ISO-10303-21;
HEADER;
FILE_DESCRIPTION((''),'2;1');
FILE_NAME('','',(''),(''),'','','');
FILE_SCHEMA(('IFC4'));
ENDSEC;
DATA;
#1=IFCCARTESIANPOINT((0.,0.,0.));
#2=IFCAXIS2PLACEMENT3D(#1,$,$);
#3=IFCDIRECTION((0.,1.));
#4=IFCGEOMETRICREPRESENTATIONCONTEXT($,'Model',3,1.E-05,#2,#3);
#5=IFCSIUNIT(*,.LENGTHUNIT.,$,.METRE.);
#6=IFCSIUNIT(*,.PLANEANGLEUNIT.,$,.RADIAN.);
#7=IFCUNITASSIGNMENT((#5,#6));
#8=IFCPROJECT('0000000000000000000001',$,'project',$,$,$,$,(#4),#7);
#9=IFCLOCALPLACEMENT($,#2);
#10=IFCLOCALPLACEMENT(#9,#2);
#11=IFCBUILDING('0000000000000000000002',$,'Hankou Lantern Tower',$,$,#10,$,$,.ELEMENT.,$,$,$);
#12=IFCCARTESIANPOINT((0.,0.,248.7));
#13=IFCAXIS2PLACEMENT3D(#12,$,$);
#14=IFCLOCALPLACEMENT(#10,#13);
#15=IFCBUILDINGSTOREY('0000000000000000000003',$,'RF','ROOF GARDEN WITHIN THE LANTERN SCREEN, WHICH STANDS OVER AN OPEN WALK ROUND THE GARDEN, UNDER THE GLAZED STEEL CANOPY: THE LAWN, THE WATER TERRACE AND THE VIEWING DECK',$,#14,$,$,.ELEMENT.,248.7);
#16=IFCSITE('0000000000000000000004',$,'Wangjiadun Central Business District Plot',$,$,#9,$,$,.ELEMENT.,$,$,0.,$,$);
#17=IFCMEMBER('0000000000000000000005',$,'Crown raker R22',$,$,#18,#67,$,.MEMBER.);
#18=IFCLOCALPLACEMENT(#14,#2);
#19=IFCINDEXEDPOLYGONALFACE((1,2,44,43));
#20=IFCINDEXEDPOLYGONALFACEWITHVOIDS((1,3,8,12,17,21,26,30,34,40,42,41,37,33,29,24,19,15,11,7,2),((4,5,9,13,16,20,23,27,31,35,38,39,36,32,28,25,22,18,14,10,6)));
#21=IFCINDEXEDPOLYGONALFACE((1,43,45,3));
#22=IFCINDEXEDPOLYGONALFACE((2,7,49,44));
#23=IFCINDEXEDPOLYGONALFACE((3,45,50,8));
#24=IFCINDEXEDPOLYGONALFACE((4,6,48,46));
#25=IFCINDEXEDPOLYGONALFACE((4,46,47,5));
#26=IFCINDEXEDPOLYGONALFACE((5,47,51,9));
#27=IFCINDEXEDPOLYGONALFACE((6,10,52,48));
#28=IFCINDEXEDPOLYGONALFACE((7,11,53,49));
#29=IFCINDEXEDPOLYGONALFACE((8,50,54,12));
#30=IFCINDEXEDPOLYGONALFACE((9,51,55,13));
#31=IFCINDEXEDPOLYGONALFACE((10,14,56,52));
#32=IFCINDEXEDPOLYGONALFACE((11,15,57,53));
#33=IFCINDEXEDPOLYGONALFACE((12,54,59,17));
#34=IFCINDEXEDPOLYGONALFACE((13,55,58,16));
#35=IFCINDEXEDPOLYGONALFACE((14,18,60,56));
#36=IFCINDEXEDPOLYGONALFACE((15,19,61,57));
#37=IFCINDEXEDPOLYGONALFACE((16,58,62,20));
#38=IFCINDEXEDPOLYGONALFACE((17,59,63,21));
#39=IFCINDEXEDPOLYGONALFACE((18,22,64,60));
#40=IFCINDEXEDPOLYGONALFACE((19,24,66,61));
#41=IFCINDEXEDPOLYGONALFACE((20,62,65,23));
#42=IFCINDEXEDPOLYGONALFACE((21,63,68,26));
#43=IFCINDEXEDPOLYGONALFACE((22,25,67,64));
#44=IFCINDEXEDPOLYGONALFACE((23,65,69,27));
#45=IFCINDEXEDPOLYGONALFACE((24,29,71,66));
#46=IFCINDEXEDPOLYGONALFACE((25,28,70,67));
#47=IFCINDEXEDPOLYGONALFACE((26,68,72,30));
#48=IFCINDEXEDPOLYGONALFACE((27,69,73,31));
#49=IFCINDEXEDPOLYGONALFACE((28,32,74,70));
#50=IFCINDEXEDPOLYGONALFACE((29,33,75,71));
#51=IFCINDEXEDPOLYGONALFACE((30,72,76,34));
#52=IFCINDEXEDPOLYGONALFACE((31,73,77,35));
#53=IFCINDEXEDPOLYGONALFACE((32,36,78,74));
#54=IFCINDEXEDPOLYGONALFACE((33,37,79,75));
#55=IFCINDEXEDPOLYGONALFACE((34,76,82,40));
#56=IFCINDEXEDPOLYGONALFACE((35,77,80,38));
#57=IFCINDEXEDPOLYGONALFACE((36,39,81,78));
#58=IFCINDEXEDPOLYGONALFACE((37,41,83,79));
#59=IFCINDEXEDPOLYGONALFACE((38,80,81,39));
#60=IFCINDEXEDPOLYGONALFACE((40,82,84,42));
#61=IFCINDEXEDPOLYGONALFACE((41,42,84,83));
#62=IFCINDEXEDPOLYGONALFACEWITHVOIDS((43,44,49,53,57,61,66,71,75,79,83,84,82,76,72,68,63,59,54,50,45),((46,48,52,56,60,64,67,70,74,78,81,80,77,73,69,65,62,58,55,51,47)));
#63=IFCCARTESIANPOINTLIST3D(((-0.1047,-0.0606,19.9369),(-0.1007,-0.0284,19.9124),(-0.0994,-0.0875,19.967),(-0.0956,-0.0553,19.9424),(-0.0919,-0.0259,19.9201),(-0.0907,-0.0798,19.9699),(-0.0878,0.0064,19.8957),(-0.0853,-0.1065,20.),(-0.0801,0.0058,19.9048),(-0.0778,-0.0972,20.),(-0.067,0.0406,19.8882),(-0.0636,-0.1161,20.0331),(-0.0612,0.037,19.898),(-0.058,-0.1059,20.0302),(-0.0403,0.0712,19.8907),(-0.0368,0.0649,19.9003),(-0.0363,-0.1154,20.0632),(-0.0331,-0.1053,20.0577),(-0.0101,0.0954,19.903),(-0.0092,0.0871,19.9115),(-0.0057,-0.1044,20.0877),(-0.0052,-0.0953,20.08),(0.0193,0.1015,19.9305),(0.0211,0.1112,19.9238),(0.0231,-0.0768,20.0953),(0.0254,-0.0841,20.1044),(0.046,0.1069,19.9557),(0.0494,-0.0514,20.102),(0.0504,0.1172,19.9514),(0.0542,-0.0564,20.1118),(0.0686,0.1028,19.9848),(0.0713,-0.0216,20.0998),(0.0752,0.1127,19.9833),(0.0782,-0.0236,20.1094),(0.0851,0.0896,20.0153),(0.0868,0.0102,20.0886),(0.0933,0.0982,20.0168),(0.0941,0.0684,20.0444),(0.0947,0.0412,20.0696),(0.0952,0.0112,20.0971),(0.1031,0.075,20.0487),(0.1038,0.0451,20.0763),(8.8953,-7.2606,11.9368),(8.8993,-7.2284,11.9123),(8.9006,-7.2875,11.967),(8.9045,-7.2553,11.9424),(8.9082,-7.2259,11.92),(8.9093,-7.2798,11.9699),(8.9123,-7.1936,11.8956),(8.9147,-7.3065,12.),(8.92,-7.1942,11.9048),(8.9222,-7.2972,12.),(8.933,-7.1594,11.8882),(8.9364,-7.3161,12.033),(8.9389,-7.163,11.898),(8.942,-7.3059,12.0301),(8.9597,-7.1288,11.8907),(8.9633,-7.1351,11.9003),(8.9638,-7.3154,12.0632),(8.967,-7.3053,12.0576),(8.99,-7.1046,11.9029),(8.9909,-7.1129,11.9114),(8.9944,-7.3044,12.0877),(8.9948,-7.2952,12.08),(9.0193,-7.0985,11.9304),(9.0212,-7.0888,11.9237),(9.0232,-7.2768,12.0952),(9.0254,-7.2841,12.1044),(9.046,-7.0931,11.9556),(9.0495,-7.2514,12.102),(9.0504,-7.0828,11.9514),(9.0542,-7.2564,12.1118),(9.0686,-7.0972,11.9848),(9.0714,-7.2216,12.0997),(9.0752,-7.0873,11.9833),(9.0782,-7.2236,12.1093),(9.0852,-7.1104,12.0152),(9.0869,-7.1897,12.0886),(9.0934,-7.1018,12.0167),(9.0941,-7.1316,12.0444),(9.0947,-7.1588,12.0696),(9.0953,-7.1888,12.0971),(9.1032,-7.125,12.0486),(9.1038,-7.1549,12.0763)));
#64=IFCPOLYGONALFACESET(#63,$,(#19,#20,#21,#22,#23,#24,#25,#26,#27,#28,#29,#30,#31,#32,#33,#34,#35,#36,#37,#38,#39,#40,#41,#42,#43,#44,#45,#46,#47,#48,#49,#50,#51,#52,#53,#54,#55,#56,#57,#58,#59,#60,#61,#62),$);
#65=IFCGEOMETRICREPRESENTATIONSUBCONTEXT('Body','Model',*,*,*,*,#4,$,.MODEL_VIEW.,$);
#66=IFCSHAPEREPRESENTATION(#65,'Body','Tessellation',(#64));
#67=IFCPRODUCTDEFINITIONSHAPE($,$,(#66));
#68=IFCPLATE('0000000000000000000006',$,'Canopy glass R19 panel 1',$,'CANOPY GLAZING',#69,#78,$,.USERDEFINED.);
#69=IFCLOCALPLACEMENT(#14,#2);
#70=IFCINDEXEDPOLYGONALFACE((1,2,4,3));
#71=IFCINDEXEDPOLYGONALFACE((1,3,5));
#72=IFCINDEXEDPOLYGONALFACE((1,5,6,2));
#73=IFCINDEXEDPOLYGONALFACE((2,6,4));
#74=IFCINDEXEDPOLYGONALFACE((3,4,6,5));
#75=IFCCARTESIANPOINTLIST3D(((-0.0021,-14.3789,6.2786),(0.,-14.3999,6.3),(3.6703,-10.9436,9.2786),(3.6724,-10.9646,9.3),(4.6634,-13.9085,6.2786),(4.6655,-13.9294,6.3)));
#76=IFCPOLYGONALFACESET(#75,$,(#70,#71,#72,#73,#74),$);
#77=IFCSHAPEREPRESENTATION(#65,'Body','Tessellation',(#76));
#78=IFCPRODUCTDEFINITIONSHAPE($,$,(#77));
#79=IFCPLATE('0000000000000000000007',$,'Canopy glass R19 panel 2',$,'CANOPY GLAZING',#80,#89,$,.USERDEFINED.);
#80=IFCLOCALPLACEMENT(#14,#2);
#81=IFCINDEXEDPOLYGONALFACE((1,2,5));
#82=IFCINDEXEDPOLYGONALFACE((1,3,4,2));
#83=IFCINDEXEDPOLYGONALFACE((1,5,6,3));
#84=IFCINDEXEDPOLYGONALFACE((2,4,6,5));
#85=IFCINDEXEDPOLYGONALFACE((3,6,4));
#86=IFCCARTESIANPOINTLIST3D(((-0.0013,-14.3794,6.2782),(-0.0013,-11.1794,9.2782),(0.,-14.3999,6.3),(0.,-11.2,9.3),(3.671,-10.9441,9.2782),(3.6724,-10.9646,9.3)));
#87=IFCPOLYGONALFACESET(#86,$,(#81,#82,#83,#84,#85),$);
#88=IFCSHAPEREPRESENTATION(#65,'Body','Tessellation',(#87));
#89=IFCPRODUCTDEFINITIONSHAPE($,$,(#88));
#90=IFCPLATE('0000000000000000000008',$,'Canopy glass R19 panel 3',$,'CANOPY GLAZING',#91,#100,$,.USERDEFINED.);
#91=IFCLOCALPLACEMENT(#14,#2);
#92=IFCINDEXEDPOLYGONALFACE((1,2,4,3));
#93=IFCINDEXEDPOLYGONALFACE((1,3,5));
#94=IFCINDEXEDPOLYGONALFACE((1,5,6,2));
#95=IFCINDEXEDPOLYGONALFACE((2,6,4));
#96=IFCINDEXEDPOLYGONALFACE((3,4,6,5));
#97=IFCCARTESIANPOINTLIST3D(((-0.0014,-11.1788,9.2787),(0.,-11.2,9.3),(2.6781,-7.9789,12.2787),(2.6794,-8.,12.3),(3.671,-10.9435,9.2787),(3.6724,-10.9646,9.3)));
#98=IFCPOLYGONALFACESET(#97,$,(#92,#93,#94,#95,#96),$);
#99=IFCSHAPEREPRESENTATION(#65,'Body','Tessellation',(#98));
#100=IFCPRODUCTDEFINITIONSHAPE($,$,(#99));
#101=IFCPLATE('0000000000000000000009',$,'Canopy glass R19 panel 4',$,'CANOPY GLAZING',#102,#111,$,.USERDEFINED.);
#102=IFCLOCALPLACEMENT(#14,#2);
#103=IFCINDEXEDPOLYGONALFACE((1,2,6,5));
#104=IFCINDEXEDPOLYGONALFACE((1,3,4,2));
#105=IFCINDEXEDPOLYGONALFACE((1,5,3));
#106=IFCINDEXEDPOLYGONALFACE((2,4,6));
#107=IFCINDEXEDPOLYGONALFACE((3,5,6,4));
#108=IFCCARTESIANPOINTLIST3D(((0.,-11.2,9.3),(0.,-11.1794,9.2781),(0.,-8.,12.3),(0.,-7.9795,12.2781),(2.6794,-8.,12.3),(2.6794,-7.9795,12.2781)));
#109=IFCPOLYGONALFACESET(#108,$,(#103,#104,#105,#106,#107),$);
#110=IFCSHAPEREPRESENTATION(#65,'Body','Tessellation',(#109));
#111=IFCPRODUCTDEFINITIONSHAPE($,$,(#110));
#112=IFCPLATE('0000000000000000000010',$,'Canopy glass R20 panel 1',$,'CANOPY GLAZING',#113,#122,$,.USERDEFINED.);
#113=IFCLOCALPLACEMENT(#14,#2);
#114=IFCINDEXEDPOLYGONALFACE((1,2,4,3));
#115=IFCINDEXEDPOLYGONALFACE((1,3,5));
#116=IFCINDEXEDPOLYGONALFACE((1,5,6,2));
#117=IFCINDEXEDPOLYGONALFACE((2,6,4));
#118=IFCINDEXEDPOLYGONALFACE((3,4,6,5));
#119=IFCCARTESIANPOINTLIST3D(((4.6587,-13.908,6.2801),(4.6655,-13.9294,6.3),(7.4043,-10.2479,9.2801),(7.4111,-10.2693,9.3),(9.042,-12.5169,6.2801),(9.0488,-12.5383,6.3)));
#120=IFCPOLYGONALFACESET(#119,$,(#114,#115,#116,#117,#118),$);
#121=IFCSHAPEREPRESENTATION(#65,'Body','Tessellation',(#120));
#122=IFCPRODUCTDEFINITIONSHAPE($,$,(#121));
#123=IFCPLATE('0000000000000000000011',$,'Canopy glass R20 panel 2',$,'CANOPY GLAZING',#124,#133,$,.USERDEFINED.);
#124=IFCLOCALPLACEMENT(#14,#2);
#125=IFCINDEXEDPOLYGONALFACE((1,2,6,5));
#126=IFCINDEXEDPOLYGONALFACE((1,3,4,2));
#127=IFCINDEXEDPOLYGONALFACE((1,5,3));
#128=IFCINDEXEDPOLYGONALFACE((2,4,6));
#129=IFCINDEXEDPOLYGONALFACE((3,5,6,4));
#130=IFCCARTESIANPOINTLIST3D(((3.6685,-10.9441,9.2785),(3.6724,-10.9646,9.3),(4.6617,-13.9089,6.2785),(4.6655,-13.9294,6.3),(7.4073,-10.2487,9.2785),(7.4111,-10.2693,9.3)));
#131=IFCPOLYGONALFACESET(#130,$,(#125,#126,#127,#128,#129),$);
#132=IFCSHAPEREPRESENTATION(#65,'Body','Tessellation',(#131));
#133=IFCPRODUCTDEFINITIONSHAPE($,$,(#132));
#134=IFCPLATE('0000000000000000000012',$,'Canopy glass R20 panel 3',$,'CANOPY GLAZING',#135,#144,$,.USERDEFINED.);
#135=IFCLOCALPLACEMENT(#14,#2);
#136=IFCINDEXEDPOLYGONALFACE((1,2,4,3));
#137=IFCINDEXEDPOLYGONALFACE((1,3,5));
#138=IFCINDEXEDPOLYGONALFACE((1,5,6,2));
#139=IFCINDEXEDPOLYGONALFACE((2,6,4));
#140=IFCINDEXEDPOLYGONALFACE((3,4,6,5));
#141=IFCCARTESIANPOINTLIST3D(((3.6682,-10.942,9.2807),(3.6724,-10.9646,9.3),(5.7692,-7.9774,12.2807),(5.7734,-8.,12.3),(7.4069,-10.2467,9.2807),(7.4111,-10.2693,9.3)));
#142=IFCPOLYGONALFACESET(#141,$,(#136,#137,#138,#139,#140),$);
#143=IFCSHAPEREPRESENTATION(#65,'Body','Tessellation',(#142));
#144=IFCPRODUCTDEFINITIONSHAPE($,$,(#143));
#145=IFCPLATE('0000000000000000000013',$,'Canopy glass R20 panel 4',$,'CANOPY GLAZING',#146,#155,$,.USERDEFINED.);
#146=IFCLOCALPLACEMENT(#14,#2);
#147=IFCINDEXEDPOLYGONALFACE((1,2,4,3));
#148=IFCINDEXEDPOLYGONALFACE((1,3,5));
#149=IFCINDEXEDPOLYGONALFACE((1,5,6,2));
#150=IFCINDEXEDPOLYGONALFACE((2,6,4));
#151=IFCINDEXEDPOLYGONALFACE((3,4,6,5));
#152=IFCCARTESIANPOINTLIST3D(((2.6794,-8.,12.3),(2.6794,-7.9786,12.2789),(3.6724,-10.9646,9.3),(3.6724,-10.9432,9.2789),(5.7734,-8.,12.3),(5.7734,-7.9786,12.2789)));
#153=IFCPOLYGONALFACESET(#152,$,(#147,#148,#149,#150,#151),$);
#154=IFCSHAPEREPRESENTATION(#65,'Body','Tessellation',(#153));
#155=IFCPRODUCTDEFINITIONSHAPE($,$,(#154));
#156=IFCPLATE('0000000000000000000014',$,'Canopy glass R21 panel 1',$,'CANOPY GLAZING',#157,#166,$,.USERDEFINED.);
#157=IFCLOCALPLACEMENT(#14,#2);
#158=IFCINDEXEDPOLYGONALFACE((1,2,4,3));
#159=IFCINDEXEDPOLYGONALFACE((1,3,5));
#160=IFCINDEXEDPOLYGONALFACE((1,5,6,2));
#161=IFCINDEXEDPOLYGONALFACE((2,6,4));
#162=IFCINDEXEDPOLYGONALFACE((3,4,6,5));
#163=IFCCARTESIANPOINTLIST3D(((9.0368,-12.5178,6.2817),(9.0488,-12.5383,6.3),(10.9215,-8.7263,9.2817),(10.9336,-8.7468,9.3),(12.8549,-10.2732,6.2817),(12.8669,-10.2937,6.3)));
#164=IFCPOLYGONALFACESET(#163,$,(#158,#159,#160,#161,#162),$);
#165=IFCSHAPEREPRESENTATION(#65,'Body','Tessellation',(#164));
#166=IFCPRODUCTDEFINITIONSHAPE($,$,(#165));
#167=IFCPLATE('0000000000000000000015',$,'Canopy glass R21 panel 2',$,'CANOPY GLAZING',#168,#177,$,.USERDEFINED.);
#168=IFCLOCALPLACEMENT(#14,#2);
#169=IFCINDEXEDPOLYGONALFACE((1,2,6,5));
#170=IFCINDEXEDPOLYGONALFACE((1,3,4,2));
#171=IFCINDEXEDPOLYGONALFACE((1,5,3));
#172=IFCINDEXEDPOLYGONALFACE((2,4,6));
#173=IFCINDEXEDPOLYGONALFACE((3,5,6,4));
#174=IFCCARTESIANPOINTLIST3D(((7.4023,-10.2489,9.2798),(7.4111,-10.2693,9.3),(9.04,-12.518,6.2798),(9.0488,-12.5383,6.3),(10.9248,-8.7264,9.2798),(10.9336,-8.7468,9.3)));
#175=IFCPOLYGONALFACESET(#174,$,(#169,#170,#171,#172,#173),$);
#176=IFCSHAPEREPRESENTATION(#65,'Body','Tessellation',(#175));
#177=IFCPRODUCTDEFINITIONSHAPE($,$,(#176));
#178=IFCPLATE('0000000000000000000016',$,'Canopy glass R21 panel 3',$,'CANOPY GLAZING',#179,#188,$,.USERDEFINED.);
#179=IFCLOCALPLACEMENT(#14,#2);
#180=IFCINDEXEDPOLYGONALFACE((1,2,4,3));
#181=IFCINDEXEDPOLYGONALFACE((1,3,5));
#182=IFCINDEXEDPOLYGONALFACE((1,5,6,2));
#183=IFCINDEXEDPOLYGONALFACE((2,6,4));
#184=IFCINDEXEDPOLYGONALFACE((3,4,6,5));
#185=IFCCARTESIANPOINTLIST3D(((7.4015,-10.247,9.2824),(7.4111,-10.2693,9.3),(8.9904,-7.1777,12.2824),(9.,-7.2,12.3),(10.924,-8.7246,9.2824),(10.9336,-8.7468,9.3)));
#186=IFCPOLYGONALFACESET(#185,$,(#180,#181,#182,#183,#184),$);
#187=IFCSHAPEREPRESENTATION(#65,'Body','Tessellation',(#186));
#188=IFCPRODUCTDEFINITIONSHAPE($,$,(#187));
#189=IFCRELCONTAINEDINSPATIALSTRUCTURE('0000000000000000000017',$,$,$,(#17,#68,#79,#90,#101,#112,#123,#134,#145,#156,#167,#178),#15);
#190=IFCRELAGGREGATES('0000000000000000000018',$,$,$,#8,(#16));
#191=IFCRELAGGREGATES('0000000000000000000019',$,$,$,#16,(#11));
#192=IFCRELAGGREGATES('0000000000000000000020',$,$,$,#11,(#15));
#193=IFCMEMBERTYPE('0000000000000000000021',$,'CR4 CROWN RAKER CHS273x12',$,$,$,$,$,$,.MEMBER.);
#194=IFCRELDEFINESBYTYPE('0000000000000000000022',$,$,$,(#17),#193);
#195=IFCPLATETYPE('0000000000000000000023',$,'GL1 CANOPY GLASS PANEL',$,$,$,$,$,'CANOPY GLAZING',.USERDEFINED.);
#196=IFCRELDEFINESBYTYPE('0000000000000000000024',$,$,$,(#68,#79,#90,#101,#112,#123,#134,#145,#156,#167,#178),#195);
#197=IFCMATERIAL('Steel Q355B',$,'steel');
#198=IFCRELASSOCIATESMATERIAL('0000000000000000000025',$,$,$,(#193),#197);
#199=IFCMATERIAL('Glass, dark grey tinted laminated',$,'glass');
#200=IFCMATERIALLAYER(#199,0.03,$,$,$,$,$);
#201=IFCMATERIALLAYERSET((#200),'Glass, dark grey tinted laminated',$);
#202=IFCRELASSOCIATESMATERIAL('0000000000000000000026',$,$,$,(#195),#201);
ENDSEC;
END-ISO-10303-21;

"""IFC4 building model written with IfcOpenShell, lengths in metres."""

from ifc_helpers import new_model, si_unit, direction, frame, origin, origin_2d, place, context, subcontext, project, spatial, polyline, hollow_circle, outline, extrude, material, layer, layer_set, material_profile, profile_set, type_object, element, save


model = new_model("IFC4")

# Units and contexts
model_context = context("Model", 3, precision=1e-05, world=origin(), true_north=direction((0.0, 1.0)))
body_context = subcontext(model_context, "Body", "Model", "MODEL_VIEW")
ifc_project = project(units=[si_unit("LENGTHUNIT", "METRE"), si_unit("PLANEANGLEUNIT", "RADIAN")], contexts=[model_context])

# Site, building, storey
site_placement = place(None, origin())
site = spatial("IfcSite", under=ifc_project, at=site_placement, Name="Wangjiadun Central Business District Plot", CompositionType="ELEMENT", RefElevation=0.0)
building_placement = place(site_placement, origin())
building = spatial("IfcBuilding", under=site, at=building_placement, Name="Hankou Lantern Tower", CompositionType="ELEMENT")
storey_placement = place(building_placement, frame((0.0, 0.0, 248.7)))
storey = spatial("IfcBuildingStorey", under=building, at=storey_placement, Name="RF", Description="ROOF GARDEN WITHIN THE LANTERN SCREEN, WHICH STANDS OVER AN OPEN WALK ROUND THE GARDEN, UNDER THE GLAZED STEEL CANOPY: THE LAWN, THE WATER TERRACE AND THE VIEWING DECK", CompositionType="ELEMENT", Elevation=248.7)

# Member
ifc_material_1 = material(Name="Steel Q355B", Category="steel")
ifc_material_profile_1 = material_profile(ifc_material_1, hollow_circle(Radius=0.1365, WallThickness=0.012, at=origin_2d()), Name="CHS273x12")
ifc_profile_set_1 = profile_set([ifc_material_profile_1], Name="Steel Q355B")
member_type = type_object("IfcMemberType", Name="CR4 CROWN RAKER CHS273x12", PredefinedType="MEMBER", material=ifc_profile_set_1)
member_placement = place(storey_placement, frame((9.0, -7.2, 12.0), z_axis=(-0.641485, 0.513185, 0.570209), x_axis=(-0.624692, -0.780871, 0.0)))
element("IfcMember", 1, at=member_placement, inside=storey, type_object=member_type, Name="Crown raker R22", PredefinedType="MEMBER", context=body_context, shape_type="SweptSolid", body=[
    extrude(hollow_circle(Radius=0.1365, WallThickness=0.012, at=origin_2d()), origin(), (0.0, 0.0, 1.0), 14.03),
])

# Plates
ifc_material_2 = material(Name="Glass, dark grey tinted laminated", Category="glass")
ifc_layer_1 = layer(ifc_material_2, 0.03)
ifc_layer_set_1 = layer_set([ifc_layer_1], Name="Glass, dark grey tinted laminated")
plate_type = type_object("IfcPlateType", Name="GL1 CANOPY GLASS PANEL", ElementType="CANOPY GLAZING", PredefinedType="USERDEFINED", material=ifc_layer_set_1)
plate_1_placement = place(storey_placement, frame((0.0, -14.3999, 6.3), z_axis=(0.07036, -0.697756, 0.712872), x_axis=(0.994954, 0.100328, 0.0)))
element("IfcPlate", 2, at=plate_1_placement, inside=storey, type_object=plate_type, Name="Canopy glass R19 panel 1", ObjectType="CANOPY GLAZING", PredefinedType="USERDEFINED", context=body_context, shape_type="SweptSolid", body=[
    extrude(outline(polyline([(0.0, 0.0), (4.6892, 0.0), (3.9985, 4.2778), (0.0, 0.0)])), origin(), (0.0, 0.0, -1.0), 0.03),
])
plate_2_placement = place(storey_placement, frame((0.0, -14.3999, 6.3), z_axis=(0.04379, -0.683291, 0.728832), x_axis=(0.627159, 0.586674, 0.512334)))
element("IfcPlate", 3, at=plate_2_placement, inside=storey, type_object=plate_type, Name="Canopy glass R19 panel 2", ObjectType="CANOPY GLAZING", PredefinedType="USERDEFINED", context=body_context, shape_type="SweptSolid", body=[
    extrude(outline(polyline([(0.0, 0.0), (5.8556, 0.0), (3.4143, 2.7536), (0.0, 0.0)])), origin(), (0.0, 0.0, -1.0), 0.03),
])
plate_3_placement = place(storey_placement, frame((0.0, -11.2, 9.3), z_axis=(0.045058, -0.703073, 0.709689), x_axis=(0.997953, 0.063956, 0.0)))
element("IfcPlate", 4, at=plate_3_placement, inside=storey, type_object=plate_type, Name="Canopy glass R19 panel 3", ObjectType="CANOPY GLAZING", PredefinedType="USERDEFINED", context=body_context, shape_type="SweptSolid", body=[
    extrude(outline(polyline([(0.0, 0.0), (3.6799, 0.0), (2.8786, 4.2582), (0.0, 0.0)])), origin(), (0.0, 0.0, -1.0), 0.03),
])
plate_4_placement = place(storey_placement, frame((0.0, -11.2, 9.3), z_axis=(0.0, -0.683947, 0.729532), x_axis=(0.521297, 0.622564, 0.583663)))
element("IfcPlate", 5, at=plate_4_placement, inside=storey, type_object=plate_type, Name="Canopy glass R19 panel 4", ObjectType="CANOPY GLAZING", PredefinedType="USERDEFINED", context=body_context, shape_type="SweptSolid", body=[
    extrude(outline(polyline([(0.0, 0.0), (5.14, 0.0), (3.7432, 2.2866), (0.0, 0.0)])), origin(), (0.0, 0.0, -1.0), 0.03),
])
plate_5_placement = place(storey_placement, frame((4.6655, -13.9294, 6.3), z_axis=(0.226409, -0.713399, 0.663174), x_axis=(0.95315, 0.302498, 0.0)))
element("IfcPlate", 6, at=plate_5_placement, inside=storey, type_object=plate_type, Name="Canopy glass R20 panel 1", ObjectType="CANOPY GLAZING", PredefinedType="USERDEFINED", context=body_context, shape_type="SweptSolid", body=[
    extrude(outline(polyline([(0.0, 0.0), (4.5988, 0.0), (3.7242, 4.0082), (0.0, 0.0)])), origin(), (0.0, 0.0, -1.0), 0.03),
])
plate_6_placement = place(storey_placement, frame((4.6655, -13.9294, 6.3), z_axis=(0.127225, -0.684103, 0.718204), x_axis=(0.50182, 0.668974, 0.548316)))
element("IfcPlate", 7, at=plate_6_placement, inside=storey, type_object=plate_type, Name="Canopy glass R20 panel 2", ObjectType="CANOPY GLAZING", PredefinedType="USERDEFINED", context=body_context, shape_type="SweptSolid", body=[
    extrude(outline(polyline([(0.0, 0.0), (5.4713, 0.0), (3.13, 2.9967), (0.0, 0.0)])), origin(), (0.0, 0.0, -1.0), 0.03),
])
plate_7_placement = place(storey_placement, frame((3.6724, -10.9646, 9.3), z_axis=(0.13976, -0.751504, 0.644754), x_axis=(0.983143, 0.182839, 0.0)))
element("IfcPlate", 8, at=plate_7_placement, inside=storey, type_object=plate_type, Name="Canopy glass R20 panel 3", ObjectType="CANOPY GLAZING", PredefinedType="USERDEFINED", context=body_context, shape_type="SweptSolid", body=[
    extrude(outline(polyline([(0.0, 0.0), (3.8029, 0.0), (2.6077, 3.9247), (0.0, 0.0)])), origin(), (0.0, 0.0, -1.0), 0.03),
])
plate_8_placement = place(storey_placement, frame((3.6724, -10.9646, 9.3), z_axis=(0.0, -0.711291, 0.702898), x_axis=(0.445894, 0.629154, 0.636666)))
element("IfcPlate", 9, at=plate_8_placement, inside=storey, type_object=plate_type, Name="Canopy glass R20 panel 4", ObjectType="CANOPY GLAZING", PredefinedType="USERDEFINED", context=body_context, shape_type="SweptSolid", body=[
    extrude(outline(polyline([(0.0, 0.0), (4.712, 0.0), (3.3324, 2.7694), (0.0, 0.0)])), origin(), (0.0, 0.0, -1.0), 0.03),
])
plate_9_placement = place(storey_placement, frame((9.0488, -12.5383, 6.3), z_axis=(0.401336, -0.682673, 0.610644), x_axis=(0.862065, 0.506798, 0.0)))
element("IfcPlate", 10, at=plate_9_placement, inside=storey, type_object=plate_type, Name="Canopy glass R21 panel 1", ObjectType="CANOPY GLAZING", PredefinedType="USERDEFINED", context=body_context, shape_type="SweptSolid", body=[
    extrude(outline(polyline([(0.0, 0.0), (4.429, 0.0), (3.5463, 3.7883), (0.0, 0.0)])), origin(), (0.0, 0.0, -1.0), 0.03),
])
plate_10_placement = place(storey_placement, frame((9.0488, -12.5383, 6.3), z_axis=(0.293308, -0.678617, 0.673387), x_axis=(0.363209, 0.730652, 0.578123)))
element("IfcPlate", 11, at=plate_10_placement, inside=storey, type_object=plate_type, Name="Canopy glass R21 panel 2", ObjectType="CANOPY GLAZING", PredefinedType="USERDEFINED", context=body_context, shape_type="SweptSolid", body=[
    extrude(outline(polyline([(0.0, 0.0), (5.1892, 0.0), (2.7974, 3.0008), (0.0, 0.0)])), origin(), (0.0, 0.0, -1.0), 0.03),
])
plate_11_placement = place(storey_placement, frame((7.4111, -10.2693, 9.3), z_axis=(0.320594, -0.741746, 0.589095), x_axis=(0.91793, 0.396743, 0.0)))
element("IfcPlate", 12, at=plate_11_placement, inside=storey, type_object=plate_type, Name="Canopy glass R21 panel 3", ObjectType="CANOPY GLAZING", PredefinedType="USERDEFINED", context=body_context, shape_type="SweptSolid", body=[
    extrude(outline(polyline([(0.0, 0.0), (3.8374, 0.0), (2.6762, 3.7126), (0.0, 0.0)])), origin(), (0.0, 0.0, -1.0), 0.03),
])

save(model, "model.ifc")
